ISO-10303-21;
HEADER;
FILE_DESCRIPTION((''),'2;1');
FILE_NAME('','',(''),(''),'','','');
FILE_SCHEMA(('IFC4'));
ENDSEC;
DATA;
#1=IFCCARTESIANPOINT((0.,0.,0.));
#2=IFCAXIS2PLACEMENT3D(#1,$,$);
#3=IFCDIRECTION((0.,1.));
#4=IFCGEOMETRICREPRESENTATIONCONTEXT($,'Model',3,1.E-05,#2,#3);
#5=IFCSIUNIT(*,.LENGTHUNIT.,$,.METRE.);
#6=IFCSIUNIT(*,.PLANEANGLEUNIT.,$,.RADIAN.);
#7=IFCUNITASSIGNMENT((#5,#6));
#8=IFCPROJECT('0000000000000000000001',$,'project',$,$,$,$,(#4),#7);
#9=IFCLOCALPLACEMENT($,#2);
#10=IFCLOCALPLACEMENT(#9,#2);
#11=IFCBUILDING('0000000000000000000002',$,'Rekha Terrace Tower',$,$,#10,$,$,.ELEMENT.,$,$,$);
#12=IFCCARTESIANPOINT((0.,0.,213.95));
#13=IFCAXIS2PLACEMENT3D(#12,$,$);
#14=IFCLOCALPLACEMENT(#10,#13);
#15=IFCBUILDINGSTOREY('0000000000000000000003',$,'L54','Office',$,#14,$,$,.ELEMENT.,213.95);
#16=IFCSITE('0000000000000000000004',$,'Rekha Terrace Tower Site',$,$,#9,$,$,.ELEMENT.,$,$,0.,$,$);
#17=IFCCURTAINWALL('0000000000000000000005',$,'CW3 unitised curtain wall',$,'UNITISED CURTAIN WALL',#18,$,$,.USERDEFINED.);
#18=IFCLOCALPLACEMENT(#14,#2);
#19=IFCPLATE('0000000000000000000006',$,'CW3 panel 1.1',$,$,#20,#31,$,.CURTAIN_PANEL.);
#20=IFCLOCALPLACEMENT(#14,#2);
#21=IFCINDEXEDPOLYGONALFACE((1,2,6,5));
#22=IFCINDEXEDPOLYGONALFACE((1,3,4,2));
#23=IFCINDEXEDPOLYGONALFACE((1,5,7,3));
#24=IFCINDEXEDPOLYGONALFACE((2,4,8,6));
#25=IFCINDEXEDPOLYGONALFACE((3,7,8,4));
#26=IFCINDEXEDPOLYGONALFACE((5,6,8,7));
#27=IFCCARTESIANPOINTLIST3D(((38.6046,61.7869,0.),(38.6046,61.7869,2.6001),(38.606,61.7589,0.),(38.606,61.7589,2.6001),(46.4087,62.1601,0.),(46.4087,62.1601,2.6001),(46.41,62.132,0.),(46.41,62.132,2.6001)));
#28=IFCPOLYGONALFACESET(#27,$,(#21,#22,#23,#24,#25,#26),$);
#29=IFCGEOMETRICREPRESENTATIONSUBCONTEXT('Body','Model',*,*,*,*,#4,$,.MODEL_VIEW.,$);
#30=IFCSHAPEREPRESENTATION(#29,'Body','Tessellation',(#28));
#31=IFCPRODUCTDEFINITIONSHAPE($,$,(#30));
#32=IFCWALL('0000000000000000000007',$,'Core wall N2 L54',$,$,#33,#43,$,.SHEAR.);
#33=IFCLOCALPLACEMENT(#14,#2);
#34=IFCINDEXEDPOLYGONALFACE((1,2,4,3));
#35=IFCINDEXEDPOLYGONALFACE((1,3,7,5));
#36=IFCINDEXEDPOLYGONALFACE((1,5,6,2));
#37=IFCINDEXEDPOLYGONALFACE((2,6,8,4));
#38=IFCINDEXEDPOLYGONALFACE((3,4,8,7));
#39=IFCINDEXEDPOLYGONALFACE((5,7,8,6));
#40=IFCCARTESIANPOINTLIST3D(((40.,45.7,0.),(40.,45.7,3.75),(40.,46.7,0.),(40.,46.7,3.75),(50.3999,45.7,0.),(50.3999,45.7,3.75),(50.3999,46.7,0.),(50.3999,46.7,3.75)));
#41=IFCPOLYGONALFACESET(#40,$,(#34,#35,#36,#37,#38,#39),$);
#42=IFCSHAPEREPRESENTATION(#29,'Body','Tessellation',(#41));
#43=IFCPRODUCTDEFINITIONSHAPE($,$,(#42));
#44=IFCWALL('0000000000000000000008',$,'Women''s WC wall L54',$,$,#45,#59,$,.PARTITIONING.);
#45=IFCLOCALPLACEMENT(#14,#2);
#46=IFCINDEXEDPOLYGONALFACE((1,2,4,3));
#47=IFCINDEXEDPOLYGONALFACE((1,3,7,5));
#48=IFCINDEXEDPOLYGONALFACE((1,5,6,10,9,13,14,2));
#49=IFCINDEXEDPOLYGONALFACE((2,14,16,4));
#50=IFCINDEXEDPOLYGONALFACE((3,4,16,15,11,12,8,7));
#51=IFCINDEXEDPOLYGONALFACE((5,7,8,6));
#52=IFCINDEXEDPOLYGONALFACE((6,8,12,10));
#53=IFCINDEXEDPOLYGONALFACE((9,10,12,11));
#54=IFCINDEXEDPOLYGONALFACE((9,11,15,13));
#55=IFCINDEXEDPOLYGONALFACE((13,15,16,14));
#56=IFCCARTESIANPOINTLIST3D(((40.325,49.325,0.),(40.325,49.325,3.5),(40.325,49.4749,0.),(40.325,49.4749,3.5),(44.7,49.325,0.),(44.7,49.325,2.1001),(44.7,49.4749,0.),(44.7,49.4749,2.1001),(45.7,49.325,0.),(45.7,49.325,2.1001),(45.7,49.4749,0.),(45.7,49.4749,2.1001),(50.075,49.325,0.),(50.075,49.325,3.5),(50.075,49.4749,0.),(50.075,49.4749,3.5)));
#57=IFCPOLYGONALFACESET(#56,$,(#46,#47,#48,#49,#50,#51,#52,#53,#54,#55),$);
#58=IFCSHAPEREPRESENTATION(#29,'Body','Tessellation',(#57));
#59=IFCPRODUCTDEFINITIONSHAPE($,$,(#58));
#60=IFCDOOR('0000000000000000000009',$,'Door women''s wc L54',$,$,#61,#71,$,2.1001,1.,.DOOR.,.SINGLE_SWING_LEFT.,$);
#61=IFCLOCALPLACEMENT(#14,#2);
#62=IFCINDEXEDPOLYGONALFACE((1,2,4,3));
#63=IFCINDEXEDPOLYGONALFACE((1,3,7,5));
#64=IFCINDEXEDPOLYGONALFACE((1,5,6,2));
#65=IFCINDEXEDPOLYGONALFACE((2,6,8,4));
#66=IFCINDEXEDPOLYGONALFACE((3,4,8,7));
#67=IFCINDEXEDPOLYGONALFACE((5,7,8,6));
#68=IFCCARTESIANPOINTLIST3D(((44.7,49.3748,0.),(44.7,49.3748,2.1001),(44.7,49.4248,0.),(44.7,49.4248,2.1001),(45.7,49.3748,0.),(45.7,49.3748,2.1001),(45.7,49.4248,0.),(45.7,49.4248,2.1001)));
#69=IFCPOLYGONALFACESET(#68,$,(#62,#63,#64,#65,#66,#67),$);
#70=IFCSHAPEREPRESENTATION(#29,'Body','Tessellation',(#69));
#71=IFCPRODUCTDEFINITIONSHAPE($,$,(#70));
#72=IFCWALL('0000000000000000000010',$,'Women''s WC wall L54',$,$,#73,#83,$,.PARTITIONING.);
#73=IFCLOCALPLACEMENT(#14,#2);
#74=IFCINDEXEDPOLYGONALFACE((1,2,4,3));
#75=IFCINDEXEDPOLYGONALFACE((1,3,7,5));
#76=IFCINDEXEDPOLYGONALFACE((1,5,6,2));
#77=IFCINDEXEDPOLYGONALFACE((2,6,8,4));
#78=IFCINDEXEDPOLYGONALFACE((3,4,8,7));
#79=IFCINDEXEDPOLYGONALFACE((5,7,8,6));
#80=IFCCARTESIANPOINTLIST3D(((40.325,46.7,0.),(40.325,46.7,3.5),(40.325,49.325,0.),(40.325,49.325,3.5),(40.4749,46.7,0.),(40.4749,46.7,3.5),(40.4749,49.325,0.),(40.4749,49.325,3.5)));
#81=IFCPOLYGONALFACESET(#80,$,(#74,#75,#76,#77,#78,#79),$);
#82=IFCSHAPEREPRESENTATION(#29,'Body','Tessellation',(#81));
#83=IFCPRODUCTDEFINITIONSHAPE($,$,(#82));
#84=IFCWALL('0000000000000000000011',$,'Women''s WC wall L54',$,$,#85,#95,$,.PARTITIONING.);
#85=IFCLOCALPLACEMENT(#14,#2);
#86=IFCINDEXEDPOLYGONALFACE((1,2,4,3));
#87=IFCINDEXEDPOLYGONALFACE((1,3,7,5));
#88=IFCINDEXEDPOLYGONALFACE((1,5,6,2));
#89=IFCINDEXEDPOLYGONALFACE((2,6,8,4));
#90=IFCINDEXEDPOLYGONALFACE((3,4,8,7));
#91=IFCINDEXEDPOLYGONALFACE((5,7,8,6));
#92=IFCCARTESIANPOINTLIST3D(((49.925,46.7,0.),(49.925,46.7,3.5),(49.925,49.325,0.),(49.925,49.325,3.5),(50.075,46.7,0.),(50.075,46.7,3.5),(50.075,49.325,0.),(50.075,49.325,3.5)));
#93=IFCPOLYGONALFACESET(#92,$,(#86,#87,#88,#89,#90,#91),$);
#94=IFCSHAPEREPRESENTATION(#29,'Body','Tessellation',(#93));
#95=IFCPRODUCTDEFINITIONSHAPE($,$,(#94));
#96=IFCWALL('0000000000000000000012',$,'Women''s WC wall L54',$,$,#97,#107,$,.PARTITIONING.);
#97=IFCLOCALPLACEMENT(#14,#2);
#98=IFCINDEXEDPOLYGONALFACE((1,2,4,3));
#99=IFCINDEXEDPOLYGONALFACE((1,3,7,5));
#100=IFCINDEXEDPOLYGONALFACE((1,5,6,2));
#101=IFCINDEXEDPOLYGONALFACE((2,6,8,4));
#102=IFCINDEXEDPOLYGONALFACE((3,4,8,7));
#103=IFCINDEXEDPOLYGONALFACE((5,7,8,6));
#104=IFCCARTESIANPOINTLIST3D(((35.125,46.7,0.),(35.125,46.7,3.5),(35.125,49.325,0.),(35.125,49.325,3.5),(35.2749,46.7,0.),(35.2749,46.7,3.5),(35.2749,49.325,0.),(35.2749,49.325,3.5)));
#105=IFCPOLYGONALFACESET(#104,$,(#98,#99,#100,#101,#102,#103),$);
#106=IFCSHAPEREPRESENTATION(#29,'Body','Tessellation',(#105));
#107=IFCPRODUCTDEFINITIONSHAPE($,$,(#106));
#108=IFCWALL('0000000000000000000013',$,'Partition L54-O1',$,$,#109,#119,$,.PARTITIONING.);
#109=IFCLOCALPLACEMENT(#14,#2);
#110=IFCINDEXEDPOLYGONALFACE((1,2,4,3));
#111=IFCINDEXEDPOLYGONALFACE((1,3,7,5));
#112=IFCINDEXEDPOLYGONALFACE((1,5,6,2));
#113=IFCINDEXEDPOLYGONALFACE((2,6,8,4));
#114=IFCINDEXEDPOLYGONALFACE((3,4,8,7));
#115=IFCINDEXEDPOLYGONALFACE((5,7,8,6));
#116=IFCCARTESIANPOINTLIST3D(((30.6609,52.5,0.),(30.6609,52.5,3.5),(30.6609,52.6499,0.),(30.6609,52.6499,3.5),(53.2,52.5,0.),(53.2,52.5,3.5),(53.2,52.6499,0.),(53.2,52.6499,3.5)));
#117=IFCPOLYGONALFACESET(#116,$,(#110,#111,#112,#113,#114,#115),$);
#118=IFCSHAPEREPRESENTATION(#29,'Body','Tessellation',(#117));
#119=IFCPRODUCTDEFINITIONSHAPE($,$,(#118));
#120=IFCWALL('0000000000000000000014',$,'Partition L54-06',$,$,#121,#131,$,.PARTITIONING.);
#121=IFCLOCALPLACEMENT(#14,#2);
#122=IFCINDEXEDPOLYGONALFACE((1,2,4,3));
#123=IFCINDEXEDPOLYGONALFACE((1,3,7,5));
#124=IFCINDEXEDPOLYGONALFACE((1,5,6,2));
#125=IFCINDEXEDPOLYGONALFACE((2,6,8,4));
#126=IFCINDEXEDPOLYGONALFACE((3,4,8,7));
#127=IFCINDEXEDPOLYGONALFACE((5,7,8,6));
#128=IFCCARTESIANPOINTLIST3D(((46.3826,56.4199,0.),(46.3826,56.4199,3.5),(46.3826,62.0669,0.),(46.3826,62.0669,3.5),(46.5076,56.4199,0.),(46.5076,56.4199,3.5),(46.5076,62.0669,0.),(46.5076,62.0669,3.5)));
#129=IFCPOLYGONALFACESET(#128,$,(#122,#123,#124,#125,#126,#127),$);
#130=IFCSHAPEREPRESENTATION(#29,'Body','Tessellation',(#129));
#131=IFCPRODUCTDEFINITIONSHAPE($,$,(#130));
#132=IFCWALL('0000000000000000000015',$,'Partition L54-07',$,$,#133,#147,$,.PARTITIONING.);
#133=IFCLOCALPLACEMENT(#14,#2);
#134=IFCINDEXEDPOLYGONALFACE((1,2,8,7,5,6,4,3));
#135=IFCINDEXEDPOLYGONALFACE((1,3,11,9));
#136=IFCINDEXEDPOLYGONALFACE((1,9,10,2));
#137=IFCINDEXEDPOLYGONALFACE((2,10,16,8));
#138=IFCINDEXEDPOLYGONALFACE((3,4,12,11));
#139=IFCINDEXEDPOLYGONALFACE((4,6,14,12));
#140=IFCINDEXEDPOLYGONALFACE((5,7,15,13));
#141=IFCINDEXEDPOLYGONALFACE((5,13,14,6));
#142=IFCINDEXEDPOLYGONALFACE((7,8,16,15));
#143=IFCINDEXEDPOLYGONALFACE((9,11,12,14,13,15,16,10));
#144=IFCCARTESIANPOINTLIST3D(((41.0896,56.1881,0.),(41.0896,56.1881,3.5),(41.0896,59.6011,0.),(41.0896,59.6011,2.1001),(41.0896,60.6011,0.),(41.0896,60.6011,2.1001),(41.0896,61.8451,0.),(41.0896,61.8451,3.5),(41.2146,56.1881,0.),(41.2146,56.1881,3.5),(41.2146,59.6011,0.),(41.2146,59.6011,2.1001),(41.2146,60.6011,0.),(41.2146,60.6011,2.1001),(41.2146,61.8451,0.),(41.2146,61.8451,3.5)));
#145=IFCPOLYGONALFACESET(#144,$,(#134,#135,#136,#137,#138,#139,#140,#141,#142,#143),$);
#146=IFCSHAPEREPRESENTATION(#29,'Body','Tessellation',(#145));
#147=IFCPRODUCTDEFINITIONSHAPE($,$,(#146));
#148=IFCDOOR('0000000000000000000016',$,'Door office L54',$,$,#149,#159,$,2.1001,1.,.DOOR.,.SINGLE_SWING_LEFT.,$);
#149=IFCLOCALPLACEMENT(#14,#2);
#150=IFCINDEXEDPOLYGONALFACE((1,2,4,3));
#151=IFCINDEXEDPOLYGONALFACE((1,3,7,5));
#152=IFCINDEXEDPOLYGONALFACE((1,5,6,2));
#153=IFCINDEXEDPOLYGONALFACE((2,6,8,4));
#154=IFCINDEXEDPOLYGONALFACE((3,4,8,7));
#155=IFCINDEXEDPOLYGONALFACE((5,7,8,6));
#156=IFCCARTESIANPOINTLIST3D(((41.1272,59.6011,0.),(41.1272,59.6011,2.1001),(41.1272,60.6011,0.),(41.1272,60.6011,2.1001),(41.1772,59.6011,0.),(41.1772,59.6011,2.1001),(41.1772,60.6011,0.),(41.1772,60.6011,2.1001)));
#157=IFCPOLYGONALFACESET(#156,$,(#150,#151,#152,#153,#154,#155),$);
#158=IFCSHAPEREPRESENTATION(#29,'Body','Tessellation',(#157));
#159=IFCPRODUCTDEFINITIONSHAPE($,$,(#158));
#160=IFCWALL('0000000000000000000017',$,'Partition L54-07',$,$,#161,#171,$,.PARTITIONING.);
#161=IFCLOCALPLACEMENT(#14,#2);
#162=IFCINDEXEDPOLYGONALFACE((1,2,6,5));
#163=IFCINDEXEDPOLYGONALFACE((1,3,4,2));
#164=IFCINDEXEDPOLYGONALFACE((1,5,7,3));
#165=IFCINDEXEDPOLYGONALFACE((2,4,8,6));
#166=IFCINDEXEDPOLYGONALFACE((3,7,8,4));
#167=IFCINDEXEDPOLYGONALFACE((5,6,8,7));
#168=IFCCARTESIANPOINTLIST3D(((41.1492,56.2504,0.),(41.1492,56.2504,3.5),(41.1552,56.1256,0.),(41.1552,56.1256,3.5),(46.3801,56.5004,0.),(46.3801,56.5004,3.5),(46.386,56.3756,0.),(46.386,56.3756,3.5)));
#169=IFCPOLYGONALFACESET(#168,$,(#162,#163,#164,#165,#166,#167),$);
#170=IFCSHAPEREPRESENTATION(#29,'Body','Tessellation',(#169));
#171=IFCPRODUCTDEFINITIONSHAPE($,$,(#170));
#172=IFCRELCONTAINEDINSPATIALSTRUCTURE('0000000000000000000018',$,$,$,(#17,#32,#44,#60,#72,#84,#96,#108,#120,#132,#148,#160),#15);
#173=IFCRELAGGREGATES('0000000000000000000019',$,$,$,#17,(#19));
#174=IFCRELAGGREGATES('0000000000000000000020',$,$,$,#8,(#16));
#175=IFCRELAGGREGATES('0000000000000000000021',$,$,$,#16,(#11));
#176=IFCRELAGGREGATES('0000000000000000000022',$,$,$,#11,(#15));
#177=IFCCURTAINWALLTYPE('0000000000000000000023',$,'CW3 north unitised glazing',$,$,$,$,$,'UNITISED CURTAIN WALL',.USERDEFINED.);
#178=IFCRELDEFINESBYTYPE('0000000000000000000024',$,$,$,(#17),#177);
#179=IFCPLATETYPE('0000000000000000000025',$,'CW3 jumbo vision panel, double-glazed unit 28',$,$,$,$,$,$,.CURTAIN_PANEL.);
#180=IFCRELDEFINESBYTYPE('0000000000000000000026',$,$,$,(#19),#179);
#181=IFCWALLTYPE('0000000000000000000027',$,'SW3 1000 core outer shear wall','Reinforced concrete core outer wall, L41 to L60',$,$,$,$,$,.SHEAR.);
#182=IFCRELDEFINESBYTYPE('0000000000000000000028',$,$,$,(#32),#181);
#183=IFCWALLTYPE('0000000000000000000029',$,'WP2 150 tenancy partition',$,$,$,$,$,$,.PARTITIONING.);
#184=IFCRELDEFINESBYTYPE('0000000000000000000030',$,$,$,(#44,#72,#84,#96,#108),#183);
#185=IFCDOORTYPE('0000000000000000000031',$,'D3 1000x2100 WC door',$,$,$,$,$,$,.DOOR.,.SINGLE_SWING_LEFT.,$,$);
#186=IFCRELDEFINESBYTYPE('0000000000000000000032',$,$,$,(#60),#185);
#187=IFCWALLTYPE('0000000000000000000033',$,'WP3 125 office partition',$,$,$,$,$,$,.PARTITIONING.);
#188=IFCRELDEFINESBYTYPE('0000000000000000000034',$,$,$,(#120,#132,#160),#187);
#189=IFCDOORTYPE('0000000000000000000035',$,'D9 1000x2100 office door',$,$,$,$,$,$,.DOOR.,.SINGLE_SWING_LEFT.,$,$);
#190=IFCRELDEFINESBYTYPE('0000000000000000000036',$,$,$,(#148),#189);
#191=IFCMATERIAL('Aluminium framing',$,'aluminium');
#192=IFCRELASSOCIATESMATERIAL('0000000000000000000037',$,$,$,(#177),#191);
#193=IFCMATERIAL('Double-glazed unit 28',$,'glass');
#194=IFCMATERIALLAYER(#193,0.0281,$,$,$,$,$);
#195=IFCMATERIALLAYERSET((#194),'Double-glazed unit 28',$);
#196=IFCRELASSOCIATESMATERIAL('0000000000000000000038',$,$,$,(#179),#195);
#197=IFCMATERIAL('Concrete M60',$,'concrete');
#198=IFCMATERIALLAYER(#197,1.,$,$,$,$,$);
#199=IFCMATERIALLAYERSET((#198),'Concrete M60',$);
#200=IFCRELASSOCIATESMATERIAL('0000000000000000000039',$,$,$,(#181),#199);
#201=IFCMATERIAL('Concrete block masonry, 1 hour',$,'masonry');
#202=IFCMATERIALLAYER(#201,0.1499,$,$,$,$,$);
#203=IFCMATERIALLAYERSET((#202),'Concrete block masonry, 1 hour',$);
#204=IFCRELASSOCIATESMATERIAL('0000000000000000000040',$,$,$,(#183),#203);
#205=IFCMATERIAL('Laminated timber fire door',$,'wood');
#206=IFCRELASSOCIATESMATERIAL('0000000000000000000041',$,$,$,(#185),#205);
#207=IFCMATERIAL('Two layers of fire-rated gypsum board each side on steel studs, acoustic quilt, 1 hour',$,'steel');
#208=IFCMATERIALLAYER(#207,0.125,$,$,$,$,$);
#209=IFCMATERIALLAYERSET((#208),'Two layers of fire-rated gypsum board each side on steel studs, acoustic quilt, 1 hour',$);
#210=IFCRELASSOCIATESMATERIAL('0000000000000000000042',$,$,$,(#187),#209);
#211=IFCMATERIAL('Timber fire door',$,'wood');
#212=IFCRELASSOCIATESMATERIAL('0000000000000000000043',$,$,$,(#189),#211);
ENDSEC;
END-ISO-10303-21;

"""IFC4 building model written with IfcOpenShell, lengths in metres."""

from ifc_helpers import new_model, si_unit, direction, frame, frame_2d, origin, origin_2d, place, context, subcontext, project, spatial, rectangle, extrude, material, layer, layer_set, type_object, element, fill, aggregate, save


model = new_model("IFC4")

# Units and contexts
model_context = context("Model", 3, precision=1e-05, world=origin(), true_north=direction((0.0, 1.0)))
body_context = subcontext(model_context, "Body", "Model", "MODEL_VIEW")
ifc_project = project(units=[si_unit("LENGTHUNIT", "METRE"), si_unit("PLANEANGLEUNIT", "RADIAN")], contexts=[model_context])

# Site, building, storey
site_placement = place(None, origin())
site = spatial("IfcSite", under=ifc_project, at=site_placement, Name="Rekha Terrace Tower Site", CompositionType="ELEMENT", RefElevation=0.0)
building_placement = place(site_placement, origin())
building = spatial("IfcBuilding", under=site, at=building_placement, Name="Rekha Terrace Tower", CompositionType="ELEMENT")
storey_placement = place(building_placement, frame((0.0, 0.0, 213.95)))
storey = spatial("IfcBuildingStorey", under=building, at=storey_placement, Name="L54", Description="Office", CompositionType="ELEMENT", Elevation=213.95)

# Shared definitions
ifc_material_1 = material(Name="Concrete M60", Category="concrete")

# Curtain wall
ifc_material_2 = material(Name="Aluminium framing", Category="aluminium")
curtain_wall_type = type_object("IfcCurtainWallType", Name="CW3 north unitised glazing", ElementType="UNITISED CURTAIN WALL", PredefinedType="USERDEFINED", material=ifc_material_2)
curtain_wall_1_placement = place(storey_placement, origin())
curtain_wall_1 = element("IfcCurtainWall", 1, at=curtain_wall_1_placement, inside=storey, type_object=curtain_wall_type, Name="CW3 unitised curtain wall", ObjectType="UNITISED CURTAIN WALL", PredefinedType="USERDEFINED")

# Shared definitions
ifc_material_3 = material(Name="Double-glazed unit 28", Category="glass")
ifc_layer_1 = layer(ifc_material_3, 0.0281)
ifc_layer_set_1 = layer_set([ifc_layer_1], Name="Double-glazed unit 28")
plate_type = type_object("IfcPlateType", Name="CW3 jumbo vision panel, double-glazed unit 28", PredefinedType="CURTAIN_PANEL", material=ifc_layer_set_1)

# Plate
plate_1_placement = place(storey_placement, frame((42.5073, 61.9595, 0.0), z_axis=(0.0, 0.0, 1.0), x_axis=(-0.998859, -0.047759, 0.0)))
plate_1 = element("IfcPlate", 2, at=plate_1_placement, type_object=plate_type, Name="CW3 panel 1.1", PredefinedType="CURTAIN_PANEL", context=body_context, shape_type="SweptSolid", body=[
    extrude(rectangle(XDim=7.813, YDim=0.0281, at=origin_2d()), origin(), (0.0, 0.0, 1.0), 2.6001),
])
aggregate(curtain_wall_1, [plate_1])

# Wall
ifc_layer_2 = layer(ifc_material_1, 1.0)
ifc_layer_set_2 = layer_set([ifc_layer_2], Name="Concrete M60")
wall_type_1 = type_object("IfcWallType", Name="SW3 1000 core outer shear wall", Description="Reinforced concrete core outer wall, L41 to L60", PredefinedType="SHEAR", material=ifc_layer_set_2)
wall_1_placement = place(storey_placement, frame((40.0, 46.2, 0.0), z_axis=(0.0, 0.0, 1.0), x_axis=(1.0, 0.0, 0.0)))
element("IfcWall", 3, at=wall_1_placement, inside=storey, type_object=wall_type_1, Name="Core wall N2 L54", PredefinedType="SHEAR", context=body_context, shape_type="SweptSolid", body=[
    extrude(rectangle(XDim=10.3999, YDim=1.0, at=frame_2d((5.2, 0.0))), origin(), (0.0, 0.0, 1.0), 3.75),
])

# Wall, opening, door
ifc_material_4 = material(Name="Concrete block masonry, 1 hour", Category="masonry")
ifc_layer_3 = layer(ifc_material_4, 0.1499)
ifc_layer_set_3 = layer_set([ifc_layer_3], Name="Concrete block masonry, 1 hour")
wall_type_2 = type_object("IfcWallType", Name="WP2 150 tenancy partition", PredefinedType="PARTITIONING", material=ifc_layer_set_3)
wall_2_placement = place(storey_placement, frame((40.325, 49.3999, 0.0), z_axis=(0.0, 0.0, 1.0), x_axis=(1.0, 0.0, 0.0)))
wall_2 = element("IfcWall", 4, at=wall_2_placement, inside=storey, type_object=wall_type_2, Name="Women's WC wall L54", PredefinedType="PARTITIONING", context=body_context, shape_type="SweptSolid", body=[
    extrude(rectangle(XDim=9.75, YDim=0.1499, at=frame_2d((4.875, 0.0))), origin(), (0.0, 0.0, 1.0), 3.5),
])
opening_1_placement = place(wall_2_placement, frame((4.375, 0.0, 0.0)))
opening_1 = element("IfcOpeningElement", 5, at=opening_1_placement, cuts=wall_2, PredefinedType="OPENING", context=body_context, shape_type="SweptSolid", body=[
    extrude(rectangle(XDim=1.0, YDim=2.1001, at=frame_2d((0.5, 1.05))), frame((0.0, 0.085, 0.0), z_axis=(0.0, -1.0, 0.0), x_axis=(1.0, 0.0, 0.0)), (0.0, 0.0, 1.0), 0.1699),
])
ifc_material_5 = material(Name="Laminated timber fire door", Category="wood")
door_type_1 = type_object("IfcDoorType", Name="D3 1000x2100 WC door", OperationType="SINGLE_SWING_LEFT", PredefinedType="DOOR", material=ifc_material_5)
door_1_placement = place(opening_1_placement, origin())
door_1 = element("IfcDoor", 6, at=door_1_placement, inside=storey, type_object=door_type_1, Name="Door women's wc L54", OperationType="SINGLE_SWING_LEFT", OverallHeight=2.1001, OverallWidth=1.0, PredefinedType="DOOR", context=body_context, shape_type="SweptSolid", body=[
    extrude(rectangle(XDim=1.0, YDim=2.1001, at=frame_2d((0.5, 1.05))), frame((0.0, 0.0249, 0.0), z_axis=(0.0, -1.0, 0.0), x_axis=(1.0, 0.0, 0.0)), (0.0, 0.0, 1.0), 0.05),
])
fill(opening_1, door_1)

# Walls
for number, where, z_axis, x_axis, name in (
    (7, (40.3999, 46.7, 0.0), (0.0, 0.0, 1.0), (0.0, 1.0, 0.0), "Women's WC wall L54"),
    (8, (50.0, 46.7, 0.0), (0.0, 0.0, 1.0), (0.0, 1.0, 0.0), "Women's WC wall L54"),
    (9, (35.2, 46.7, 0.0), (0.0, 0.0, 1.0), (0.0, 1.0, 0.0), "Women's WC wall L54"),
):
    element("IfcWall", number, at=place(storey_placement, frame(where, z_axis=z_axis, x_axis=x_axis)), inside=storey, type_object=wall_type_2, Name=name, PredefinedType="PARTITIONING", context=body_context, shape_type="SweptSolid", body=[
        extrude(rectangle(XDim=2.625, YDim=0.1499, at=frame_2d((1.3125, 0.0))), origin(), (0.0, 0.0, 1.0), 3.5),
    ])
wall_3_placement = place(storey_placement, frame((53.2, 52.575, 0.0), z_axis=(0.0, 0.0, 1.0), x_axis=(-1.0, 0.0, 0.0)))
element("IfcWall", 10, at=wall_3_placement, inside=storey, type_object=wall_type_2, Name="Partition L54-O1", PredefinedType="PARTITIONING", context=body_context, shape_type="SweptSolid", body=[
    extrude(rectangle(XDim=22.5391, YDim=0.1499, at=frame_2d((11.2695, 0.0))), origin(), (0.0, 0.0, 1.0), 3.5),
])
ifc_material_6 = material(Name="Two layers of fire-rated gypsum board each side on steel studs, acoustic quilt, 1 hour", Category="steel")
ifc_layer_4 = layer(ifc_material_6, 0.125)
ifc_layer_set_4 = layer_set([ifc_layer_4], Name="Two layers of fire-rated gypsum board each side on steel studs, acoustic quilt, 1 hour")
wall_type_3 = type_object("IfcWallType", Name="WP3 125 office partition", PredefinedType="PARTITIONING", material=ifc_layer_set_4)
wall_4_placement = place(storey_placement, frame((46.4451, 56.4199, 0.0), z_axis=(0.0, 0.0, 1.0), x_axis=(0.0, 1.0, 0.0)))
element("IfcWall", 11, at=wall_4_placement, inside=storey, type_object=wall_type_3, Name="Partition L54-06", PredefinedType="PARTITIONING", context=body_context, shape_type="SweptSolid", body=[
    extrude(rectangle(XDim=5.647, YDim=0.125, at=frame_2d((2.8235, 0.0))), origin(), (0.0, 0.0, 1.0), 3.5),
])

# Wall, opening, door
wall_5_placement = place(storey_placement, frame((41.1521, 56.188, 0.0), z_axis=(0.0, 0.0, 1.0), x_axis=(0.0, 1.0, 0.0)))
wall_5 = element("IfcWall", 12, at=wall_5_placement, inside=storey, type_object=wall_type_3, Name="Partition L54-07", PredefinedType="PARTITIONING", context=body_context, shape_type="SweptSolid", body=[
    extrude(rectangle(XDim=5.657, YDim=0.125, at=frame_2d((2.8286, 0.0))), origin(), (0.0, 0.0, 1.0), 3.5),
])
opening_2_placement = place(wall_5_placement, frame((3.4131, 0.0, 0.0)))
opening_2 = element("IfcOpeningElement", 13, at=opening_2_placement, cuts=wall_5, PredefinedType="OPENING", context=body_context, shape_type="SweptSolid", body=[
    extrude(rectangle(XDim=1.0, YDim=2.1001, at=frame_2d((0.5, 1.05))), frame((0.0, 0.0725, 0.0), z_axis=(0.0, -1.0, 0.0), x_axis=(1.0, 0.0, 0.0)), (0.0, 0.0, 1.0), 0.145),
])
ifc_material_7 = material(Name="Timber fire door", Category="wood")
door_type_2 = type_object("IfcDoorType", Name="D9 1000x2100 office door", OperationType="SINGLE_SWING_LEFT", PredefinedType="DOOR", material=ifc_material_7)
door_2_placement = place(opening_2_placement, origin())
door_2 = element("IfcDoor", 14, at=door_2_placement, inside=storey, type_object=door_type_2, Name="Door office L54", OperationType="SINGLE_SWING_LEFT", OverallHeight=2.1001, OverallWidth=1.0, PredefinedType="DOOR", context=body_context, shape_type="SweptSolid", body=[
    extrude(rectangle(XDim=1.0, YDim=2.1001, at=frame_2d((0.5, 1.05))), frame((0.0, 0.0249, 0.0), z_axis=(0.0, -1.0, 0.0), x_axis=(1.0, 0.0, 0.0)), (0.0, 0.0, 1.0), 0.05),
])
fill(opening_2, door_2)

# Wall
wall_6_placement = place(storey_placement, frame((46.3831, 56.438, 0.0), z_axis=(0.0, 0.0, 1.0), x_axis=(-0.99886, -0.047738, 0.0)))
element("IfcWall", 15, at=wall_6_placement, inside=storey, type_object=wall_type_3, Name="Partition L54-07", PredefinedType="PARTITIONING", context=body_context, shape_type="SweptSolid", body=[
    extrude(rectangle(XDim=5.2368, YDim=0.125, at=frame_2d((2.6184, 0.0))), origin(), (0.0, 0.0, 1.0), 3.5),
])

save(model, "model.ifc")
